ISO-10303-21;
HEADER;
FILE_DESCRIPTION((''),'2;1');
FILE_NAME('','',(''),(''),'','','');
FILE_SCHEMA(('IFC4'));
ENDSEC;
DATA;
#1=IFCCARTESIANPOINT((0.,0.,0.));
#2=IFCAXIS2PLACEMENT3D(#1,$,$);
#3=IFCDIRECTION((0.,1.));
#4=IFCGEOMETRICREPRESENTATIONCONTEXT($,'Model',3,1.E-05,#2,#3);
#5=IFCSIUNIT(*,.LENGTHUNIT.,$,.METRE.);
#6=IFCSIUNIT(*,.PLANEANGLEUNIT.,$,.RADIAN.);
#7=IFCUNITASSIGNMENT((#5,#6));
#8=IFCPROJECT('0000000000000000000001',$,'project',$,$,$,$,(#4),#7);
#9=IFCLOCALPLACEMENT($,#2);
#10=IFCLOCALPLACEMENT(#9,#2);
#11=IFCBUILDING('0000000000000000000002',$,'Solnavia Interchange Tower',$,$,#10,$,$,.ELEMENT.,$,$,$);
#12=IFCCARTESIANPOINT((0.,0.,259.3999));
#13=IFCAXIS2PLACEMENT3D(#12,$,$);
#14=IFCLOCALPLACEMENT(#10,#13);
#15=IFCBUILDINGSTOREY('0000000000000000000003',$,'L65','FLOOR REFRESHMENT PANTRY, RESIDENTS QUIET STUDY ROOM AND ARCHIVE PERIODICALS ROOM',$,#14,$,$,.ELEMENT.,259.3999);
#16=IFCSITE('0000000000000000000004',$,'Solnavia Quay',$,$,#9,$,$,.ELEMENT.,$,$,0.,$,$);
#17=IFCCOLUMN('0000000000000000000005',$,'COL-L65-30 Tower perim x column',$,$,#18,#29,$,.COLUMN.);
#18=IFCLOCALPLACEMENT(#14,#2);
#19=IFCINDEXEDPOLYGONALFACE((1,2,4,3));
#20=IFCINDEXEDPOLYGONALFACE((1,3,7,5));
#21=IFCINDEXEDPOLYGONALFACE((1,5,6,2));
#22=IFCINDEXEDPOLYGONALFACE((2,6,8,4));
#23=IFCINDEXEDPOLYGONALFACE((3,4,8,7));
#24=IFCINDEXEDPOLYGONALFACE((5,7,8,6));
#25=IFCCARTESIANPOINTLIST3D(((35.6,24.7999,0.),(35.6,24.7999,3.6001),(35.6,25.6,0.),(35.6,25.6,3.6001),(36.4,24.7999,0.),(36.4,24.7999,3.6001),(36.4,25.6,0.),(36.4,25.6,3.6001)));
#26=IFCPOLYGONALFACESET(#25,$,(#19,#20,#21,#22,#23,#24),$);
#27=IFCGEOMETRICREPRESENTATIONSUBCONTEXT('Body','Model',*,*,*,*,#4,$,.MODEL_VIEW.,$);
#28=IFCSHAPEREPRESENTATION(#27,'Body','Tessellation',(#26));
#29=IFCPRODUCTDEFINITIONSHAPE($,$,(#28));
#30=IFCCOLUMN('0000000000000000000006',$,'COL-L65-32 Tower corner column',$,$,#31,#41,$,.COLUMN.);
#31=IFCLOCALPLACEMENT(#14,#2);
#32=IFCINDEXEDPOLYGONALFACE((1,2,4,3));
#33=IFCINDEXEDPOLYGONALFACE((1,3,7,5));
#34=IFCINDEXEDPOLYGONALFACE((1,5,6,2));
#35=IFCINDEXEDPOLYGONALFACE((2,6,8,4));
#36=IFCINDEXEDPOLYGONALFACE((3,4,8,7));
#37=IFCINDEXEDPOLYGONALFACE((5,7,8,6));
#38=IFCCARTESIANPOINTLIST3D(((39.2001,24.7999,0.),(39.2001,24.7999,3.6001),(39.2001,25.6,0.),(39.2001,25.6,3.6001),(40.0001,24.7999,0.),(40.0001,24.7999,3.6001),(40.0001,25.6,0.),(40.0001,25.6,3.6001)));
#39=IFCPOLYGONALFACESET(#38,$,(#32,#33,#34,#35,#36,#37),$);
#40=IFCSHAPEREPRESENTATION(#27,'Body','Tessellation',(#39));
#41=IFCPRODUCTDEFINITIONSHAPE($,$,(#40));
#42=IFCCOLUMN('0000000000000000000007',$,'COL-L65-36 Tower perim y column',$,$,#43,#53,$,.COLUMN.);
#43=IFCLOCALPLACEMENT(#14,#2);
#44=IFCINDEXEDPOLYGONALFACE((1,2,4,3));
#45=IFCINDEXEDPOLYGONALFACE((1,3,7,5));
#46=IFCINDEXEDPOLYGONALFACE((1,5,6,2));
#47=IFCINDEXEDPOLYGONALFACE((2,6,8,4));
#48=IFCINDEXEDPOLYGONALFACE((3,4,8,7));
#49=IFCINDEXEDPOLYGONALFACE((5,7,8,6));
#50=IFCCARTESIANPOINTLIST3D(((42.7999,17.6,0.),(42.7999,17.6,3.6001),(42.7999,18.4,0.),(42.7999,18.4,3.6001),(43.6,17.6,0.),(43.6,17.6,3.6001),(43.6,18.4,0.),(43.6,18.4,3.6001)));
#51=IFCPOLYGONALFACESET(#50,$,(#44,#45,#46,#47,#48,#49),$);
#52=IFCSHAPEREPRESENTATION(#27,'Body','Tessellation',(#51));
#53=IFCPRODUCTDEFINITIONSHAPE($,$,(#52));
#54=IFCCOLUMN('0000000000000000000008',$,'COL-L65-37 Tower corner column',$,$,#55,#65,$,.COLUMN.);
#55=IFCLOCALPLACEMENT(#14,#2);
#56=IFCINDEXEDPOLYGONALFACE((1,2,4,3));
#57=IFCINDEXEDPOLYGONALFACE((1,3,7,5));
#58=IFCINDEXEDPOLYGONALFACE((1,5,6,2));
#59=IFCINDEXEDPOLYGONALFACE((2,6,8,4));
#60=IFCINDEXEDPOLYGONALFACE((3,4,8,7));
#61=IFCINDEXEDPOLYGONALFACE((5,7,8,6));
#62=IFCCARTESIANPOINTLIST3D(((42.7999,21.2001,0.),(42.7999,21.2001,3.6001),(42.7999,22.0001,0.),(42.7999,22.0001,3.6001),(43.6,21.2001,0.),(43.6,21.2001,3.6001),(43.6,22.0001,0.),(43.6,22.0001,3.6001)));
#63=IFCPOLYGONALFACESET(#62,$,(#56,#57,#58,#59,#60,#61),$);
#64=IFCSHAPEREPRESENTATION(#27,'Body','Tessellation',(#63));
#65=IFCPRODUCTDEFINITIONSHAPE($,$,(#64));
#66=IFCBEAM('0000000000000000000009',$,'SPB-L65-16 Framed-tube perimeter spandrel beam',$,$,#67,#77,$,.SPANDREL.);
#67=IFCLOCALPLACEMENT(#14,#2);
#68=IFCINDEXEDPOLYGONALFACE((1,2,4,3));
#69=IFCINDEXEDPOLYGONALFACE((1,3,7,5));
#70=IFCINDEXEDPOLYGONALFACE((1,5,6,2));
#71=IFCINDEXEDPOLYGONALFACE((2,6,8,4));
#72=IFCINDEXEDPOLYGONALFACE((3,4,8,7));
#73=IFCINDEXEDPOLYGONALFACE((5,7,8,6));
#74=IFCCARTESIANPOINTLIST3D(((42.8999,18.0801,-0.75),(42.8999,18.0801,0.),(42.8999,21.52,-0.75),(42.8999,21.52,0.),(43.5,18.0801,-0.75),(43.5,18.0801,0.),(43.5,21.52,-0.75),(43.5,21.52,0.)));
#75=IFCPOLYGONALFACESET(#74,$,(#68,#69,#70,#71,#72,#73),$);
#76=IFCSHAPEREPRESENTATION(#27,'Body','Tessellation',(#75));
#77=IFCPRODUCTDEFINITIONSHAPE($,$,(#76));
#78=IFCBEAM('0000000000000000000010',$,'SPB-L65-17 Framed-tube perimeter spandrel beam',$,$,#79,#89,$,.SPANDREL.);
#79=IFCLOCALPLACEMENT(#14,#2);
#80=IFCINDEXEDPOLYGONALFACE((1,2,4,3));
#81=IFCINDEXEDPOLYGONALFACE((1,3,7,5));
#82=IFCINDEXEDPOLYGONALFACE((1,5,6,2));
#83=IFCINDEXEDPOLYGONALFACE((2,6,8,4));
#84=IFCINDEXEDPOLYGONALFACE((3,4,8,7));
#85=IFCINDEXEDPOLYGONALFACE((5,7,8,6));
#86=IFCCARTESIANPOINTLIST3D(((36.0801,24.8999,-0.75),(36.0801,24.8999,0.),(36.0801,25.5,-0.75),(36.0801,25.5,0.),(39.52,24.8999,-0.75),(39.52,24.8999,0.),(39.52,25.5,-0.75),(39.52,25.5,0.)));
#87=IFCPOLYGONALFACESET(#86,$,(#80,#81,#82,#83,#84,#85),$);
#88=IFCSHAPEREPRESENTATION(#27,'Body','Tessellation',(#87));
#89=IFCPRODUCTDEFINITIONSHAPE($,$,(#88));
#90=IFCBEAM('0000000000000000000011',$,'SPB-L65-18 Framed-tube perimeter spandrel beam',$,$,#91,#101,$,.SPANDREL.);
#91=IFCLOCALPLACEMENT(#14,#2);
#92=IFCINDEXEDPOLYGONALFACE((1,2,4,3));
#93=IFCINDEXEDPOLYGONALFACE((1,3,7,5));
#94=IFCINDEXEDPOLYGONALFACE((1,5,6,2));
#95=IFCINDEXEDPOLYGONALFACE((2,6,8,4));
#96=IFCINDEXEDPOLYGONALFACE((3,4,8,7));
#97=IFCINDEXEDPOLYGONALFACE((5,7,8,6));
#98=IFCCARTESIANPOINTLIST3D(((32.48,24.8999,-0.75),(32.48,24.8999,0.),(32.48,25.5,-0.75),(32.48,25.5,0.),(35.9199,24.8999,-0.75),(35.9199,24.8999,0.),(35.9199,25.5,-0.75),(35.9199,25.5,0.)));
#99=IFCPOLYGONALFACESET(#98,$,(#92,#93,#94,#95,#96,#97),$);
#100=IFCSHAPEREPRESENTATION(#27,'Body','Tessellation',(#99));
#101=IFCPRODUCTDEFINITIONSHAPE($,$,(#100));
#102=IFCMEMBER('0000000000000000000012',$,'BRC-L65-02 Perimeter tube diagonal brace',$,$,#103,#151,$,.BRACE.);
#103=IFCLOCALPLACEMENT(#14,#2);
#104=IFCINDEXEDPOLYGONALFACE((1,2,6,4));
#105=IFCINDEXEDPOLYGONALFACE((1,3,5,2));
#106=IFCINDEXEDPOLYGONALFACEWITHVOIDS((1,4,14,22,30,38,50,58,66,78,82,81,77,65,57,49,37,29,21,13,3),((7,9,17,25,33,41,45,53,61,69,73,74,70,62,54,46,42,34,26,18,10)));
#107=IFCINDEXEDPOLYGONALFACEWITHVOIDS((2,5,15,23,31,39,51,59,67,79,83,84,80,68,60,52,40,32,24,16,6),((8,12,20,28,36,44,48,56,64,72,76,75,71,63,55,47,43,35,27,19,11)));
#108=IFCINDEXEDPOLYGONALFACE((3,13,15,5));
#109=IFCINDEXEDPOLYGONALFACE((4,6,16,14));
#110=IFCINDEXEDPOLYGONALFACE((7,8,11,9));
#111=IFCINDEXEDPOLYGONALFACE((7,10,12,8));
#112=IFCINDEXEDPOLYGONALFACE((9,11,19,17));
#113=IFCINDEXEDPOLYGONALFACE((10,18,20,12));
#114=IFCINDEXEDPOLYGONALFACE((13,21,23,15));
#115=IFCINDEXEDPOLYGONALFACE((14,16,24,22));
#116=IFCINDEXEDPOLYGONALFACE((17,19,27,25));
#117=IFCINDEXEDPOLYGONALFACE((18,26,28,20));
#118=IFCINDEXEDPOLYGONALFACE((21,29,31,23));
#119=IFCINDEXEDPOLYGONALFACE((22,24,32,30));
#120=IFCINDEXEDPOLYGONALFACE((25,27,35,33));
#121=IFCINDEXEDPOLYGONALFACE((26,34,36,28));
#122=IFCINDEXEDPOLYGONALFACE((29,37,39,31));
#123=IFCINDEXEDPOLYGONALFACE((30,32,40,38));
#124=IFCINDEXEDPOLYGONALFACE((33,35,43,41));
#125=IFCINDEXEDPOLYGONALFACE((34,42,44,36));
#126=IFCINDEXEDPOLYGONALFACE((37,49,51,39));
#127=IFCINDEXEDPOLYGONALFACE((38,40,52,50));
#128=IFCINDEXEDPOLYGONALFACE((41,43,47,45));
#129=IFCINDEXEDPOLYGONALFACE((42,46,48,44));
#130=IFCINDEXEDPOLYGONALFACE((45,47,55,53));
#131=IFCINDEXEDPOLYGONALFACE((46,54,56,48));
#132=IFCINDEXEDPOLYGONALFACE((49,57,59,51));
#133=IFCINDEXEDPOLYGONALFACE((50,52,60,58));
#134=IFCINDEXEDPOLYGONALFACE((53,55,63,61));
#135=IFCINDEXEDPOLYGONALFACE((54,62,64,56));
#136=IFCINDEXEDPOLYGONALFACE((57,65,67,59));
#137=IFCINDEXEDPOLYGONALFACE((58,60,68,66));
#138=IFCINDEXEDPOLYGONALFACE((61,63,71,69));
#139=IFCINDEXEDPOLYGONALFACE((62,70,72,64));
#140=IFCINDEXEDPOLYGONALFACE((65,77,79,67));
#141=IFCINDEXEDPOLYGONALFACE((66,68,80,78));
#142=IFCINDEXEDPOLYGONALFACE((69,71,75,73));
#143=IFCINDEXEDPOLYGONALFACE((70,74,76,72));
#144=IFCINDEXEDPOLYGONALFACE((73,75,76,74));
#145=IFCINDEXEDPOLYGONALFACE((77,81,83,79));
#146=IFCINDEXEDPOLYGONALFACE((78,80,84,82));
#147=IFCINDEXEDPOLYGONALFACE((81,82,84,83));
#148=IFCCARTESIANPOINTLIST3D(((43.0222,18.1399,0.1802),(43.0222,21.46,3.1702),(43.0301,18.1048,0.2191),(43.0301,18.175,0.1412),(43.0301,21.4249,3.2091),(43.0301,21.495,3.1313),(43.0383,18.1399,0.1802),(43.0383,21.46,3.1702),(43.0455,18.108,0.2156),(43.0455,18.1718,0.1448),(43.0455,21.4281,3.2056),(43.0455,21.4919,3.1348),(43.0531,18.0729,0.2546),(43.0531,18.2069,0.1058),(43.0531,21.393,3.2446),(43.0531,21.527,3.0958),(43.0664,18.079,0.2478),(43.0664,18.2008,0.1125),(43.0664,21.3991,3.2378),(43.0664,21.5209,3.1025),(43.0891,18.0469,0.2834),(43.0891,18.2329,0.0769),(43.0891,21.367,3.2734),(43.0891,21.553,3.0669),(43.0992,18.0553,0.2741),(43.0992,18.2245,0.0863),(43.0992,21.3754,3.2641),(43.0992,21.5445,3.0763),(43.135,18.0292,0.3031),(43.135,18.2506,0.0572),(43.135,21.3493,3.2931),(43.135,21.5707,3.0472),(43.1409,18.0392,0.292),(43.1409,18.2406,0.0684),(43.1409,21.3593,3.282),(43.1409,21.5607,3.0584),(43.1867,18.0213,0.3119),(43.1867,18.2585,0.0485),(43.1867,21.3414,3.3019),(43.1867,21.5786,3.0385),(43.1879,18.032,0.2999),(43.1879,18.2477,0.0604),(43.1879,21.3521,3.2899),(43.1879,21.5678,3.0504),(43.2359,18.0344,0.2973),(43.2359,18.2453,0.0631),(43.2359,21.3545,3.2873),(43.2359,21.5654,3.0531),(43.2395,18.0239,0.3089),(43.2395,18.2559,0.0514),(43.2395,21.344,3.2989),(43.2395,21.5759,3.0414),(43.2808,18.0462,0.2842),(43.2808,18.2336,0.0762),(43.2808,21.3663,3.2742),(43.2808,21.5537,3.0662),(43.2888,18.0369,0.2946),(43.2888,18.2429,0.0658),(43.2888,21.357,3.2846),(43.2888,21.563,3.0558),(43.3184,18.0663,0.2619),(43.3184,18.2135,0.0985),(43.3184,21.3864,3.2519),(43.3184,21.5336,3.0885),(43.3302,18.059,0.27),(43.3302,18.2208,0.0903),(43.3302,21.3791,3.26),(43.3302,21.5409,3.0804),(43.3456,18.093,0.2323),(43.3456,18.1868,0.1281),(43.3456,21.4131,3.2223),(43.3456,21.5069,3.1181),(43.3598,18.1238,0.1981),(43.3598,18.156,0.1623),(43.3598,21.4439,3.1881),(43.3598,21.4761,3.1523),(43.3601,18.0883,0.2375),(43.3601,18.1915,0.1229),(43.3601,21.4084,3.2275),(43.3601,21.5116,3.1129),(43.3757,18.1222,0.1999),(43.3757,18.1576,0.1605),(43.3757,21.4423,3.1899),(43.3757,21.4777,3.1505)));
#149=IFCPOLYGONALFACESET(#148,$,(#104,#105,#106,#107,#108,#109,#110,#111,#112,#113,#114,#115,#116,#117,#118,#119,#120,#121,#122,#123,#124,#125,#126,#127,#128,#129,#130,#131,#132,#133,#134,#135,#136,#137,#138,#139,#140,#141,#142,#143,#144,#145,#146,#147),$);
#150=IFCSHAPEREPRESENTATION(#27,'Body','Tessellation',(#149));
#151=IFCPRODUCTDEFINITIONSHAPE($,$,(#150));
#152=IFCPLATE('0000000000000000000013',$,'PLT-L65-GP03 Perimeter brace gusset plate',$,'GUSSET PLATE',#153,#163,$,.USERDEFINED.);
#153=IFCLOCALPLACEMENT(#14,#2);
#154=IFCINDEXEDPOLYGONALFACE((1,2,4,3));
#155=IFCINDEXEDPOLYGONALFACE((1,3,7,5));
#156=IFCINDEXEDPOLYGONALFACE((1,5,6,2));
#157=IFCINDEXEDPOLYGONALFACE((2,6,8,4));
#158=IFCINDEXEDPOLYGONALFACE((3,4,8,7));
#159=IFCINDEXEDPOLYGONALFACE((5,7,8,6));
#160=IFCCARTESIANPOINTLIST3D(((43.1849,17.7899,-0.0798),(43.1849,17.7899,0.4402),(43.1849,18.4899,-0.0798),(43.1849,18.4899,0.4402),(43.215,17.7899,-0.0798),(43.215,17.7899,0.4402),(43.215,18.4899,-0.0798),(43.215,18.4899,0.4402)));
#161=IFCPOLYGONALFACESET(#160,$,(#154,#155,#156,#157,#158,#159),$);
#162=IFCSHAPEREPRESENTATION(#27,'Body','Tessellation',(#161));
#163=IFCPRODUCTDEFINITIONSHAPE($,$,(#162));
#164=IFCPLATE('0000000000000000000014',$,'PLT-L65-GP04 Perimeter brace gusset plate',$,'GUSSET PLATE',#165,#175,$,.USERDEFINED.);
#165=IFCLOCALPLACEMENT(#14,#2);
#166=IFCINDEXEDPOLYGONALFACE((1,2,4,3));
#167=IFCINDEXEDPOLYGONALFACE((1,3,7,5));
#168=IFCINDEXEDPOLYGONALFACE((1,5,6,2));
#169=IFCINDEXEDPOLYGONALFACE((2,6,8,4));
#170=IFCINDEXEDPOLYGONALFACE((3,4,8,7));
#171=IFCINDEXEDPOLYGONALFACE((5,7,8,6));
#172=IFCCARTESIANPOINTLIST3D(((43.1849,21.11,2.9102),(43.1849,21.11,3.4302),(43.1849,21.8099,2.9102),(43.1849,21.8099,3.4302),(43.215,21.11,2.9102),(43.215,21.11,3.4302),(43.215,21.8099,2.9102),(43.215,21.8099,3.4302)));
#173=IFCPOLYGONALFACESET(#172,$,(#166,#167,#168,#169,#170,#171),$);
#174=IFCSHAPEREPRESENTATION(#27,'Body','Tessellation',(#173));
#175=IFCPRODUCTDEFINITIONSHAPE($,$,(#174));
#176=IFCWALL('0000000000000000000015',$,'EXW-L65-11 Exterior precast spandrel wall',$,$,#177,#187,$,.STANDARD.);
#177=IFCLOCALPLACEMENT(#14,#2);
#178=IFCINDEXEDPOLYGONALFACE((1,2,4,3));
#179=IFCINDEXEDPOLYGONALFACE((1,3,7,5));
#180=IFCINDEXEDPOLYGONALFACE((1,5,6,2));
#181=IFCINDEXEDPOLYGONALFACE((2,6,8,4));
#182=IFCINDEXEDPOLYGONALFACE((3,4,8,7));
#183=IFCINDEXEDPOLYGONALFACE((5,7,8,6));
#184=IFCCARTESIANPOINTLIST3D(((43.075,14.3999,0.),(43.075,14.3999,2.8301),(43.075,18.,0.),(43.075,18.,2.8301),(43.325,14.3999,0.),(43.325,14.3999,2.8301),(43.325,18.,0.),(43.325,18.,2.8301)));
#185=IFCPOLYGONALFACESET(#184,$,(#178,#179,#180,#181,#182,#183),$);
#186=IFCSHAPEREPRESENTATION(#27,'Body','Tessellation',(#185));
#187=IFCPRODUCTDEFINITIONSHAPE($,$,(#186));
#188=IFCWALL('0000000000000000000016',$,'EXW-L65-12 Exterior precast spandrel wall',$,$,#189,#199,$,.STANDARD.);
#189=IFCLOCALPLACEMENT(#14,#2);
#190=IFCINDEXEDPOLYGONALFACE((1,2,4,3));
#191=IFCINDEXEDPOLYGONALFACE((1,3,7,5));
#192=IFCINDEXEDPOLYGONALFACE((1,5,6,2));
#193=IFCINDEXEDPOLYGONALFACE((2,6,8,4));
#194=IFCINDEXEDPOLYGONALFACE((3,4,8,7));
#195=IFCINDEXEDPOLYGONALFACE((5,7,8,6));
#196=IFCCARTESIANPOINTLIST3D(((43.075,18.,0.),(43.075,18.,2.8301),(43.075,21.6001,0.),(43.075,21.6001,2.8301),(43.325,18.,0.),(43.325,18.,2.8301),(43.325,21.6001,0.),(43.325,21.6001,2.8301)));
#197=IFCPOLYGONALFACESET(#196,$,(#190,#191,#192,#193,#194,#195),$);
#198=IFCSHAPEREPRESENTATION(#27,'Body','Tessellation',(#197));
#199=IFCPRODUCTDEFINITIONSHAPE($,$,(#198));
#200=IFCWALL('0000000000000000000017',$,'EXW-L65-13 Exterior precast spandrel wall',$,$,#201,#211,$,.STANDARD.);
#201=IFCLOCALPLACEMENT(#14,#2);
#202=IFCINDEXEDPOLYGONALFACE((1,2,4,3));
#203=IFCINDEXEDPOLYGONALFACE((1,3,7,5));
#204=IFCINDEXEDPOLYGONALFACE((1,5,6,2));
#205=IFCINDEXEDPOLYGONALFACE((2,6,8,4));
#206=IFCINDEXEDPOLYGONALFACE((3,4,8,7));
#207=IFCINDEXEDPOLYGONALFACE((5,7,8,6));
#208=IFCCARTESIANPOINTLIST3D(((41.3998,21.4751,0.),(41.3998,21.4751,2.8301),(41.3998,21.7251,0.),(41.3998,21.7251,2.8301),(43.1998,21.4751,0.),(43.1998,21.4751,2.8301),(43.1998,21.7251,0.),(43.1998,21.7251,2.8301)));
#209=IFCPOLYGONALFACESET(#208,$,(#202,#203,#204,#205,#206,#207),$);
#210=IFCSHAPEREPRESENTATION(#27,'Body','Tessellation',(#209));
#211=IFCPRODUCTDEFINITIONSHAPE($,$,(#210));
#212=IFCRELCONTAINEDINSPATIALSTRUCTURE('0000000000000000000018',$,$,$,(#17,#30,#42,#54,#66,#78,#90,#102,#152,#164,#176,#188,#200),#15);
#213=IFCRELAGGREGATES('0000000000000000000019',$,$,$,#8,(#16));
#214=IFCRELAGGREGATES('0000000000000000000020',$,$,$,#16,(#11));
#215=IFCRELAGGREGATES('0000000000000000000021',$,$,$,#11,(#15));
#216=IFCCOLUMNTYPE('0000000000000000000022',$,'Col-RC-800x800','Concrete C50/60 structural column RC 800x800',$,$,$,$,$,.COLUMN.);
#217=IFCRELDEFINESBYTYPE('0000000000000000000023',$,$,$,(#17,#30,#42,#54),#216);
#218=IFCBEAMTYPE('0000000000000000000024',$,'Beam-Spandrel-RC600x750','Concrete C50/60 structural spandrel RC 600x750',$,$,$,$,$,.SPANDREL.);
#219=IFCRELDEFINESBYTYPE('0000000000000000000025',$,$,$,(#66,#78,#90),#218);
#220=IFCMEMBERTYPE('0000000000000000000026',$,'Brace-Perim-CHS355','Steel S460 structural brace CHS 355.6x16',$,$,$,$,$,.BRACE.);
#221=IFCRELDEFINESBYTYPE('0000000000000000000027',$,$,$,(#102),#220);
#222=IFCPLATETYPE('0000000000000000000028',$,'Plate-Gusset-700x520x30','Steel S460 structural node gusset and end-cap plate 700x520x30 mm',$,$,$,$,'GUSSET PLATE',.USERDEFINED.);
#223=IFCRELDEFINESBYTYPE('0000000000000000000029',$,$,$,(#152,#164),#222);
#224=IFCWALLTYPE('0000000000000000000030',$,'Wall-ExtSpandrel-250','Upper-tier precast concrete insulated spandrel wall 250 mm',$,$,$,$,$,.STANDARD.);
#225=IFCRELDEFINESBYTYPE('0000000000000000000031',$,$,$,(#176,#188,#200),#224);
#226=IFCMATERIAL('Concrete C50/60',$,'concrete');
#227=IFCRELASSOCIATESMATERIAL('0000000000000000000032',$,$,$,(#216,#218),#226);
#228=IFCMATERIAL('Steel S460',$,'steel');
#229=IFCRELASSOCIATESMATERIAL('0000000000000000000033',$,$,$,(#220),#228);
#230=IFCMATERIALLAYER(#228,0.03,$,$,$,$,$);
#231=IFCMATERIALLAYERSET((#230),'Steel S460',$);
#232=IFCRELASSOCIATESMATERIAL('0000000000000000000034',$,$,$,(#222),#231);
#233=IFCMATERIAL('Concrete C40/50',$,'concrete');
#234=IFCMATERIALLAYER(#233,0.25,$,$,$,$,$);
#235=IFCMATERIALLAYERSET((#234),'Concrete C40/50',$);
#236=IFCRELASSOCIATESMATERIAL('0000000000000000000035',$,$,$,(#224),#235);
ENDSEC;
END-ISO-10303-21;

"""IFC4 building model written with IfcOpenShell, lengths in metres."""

from ifc_helpers import new_model, si_unit, direction, frame, frame_2d, origin, origin_2d, place, context, subcontext, project, spatial, rectangle, hollow_circle, extrude, material, layer, layer_set, material_profile, profile_set, type_object, element, save


model = new_model("IFC4")

# Units and contexts
model_context = context("Model", 3, precision=1e-05, world=origin(), true_north=direction((0.0, 1.0)))
body_context = subcontext(model_context, "Body", "Model", "MODEL_VIEW")
ifc_project = project(units=[si_unit("LENGTHUNIT", "METRE"), si_unit("PLANEANGLEUNIT", "RADIAN")], contexts=[model_context])

# Site, building, storey
site_placement = place(None, origin())
site = spatial("IfcSite", under=ifc_project, at=site_placement, Name="Solnavia Quay", CompositionType="ELEMENT", RefElevation=0.0)
building_placement = place(site_placement, origin())
building = spatial("IfcBuilding", under=site, at=building_placement, Name="Solnavia Interchange Tower", CompositionType="ELEMENT")
storey_placement = place(building_placement, frame((0.0, 0.0, 259.3999)))
storey = spatial("IfcBuildingStorey", under=building, at=storey_placement, Name="L65", Description="FLOOR REFRESHMENT PANTRY, RESIDENTS QUIET STUDY ROOM AND ARCHIVE PERIODICALS ROOM", CompositionType="ELEMENT", Elevation=259.3999)

# Columns
ifc_material_1 = material(Name="Concrete C50/60", Category="concrete")
ifc_material_profile_1 = material_profile(ifc_material_1, rectangle(XDim=0.8, YDim=0.8, at=origin_2d()), Name="RC 800x800")
ifc_profile_set_1 = profile_set([ifc_material_profile_1], Name="Concrete C50/60")
column_type = type_object("IfcColumnType", Name="Col-RC-800x800", Description="Concrete C50/60 structural column RC 800x800", PredefinedType="COLUMN", material=ifc_profile_set_1)
for number, where, z_axis, x_axis, name in (
    (1, (36.0, 25.2, 0.0), (0.0, 0.0, 1.0), (1.0, 0.0, 0.0), "COL-L65-30 Tower perim x column"),
    (2, (39.6001, 25.2, 0.0), (0.0, 0.0, 1.0), (1.0, 0.0, 0.0), "COL-L65-32 Tower corner column"),
    (3, (43.2, 18.0, 0.0), (0.0, 0.0, 1.0), (0.0, 1.0, 0.0), "COL-L65-36 Tower perim y column"),
    (4, (43.2, 21.6001, 0.0), (0.0, 0.0, 1.0), (0.0, 1.0, 0.0), "COL-L65-37 Tower corner column"),
):
    element("IfcColumn", number, at=place(storey_placement, frame(where, z_axis=z_axis, x_axis=x_axis)), inside=storey, type_object=column_type, Name=name, PredefinedType="COLUMN", context=body_context, shape_type="SweptSolid", body=[
        extrude(rectangle(XDim=0.8, YDim=0.8, at=origin_2d()), origin(), (0.0, 0.0, 1.0), 3.6001),
    ])

# Beams
ifc_material_profile_2 = material_profile(ifc_material_1, rectangle(XDim=0.6001, YDim=0.75, at=origin_2d()), Name="RC 600x750")
ifc_profile_set_2 = profile_set([ifc_material_profile_2], Name="Concrete C50/60")
beam_type = type_object("IfcBeamType", Name="Beam-Spandrel-RC600x750", Description="Concrete C50/60 structural spandrel RC 600x750", PredefinedType="SPANDREL", material=ifc_profile_set_2)
for number, where, z_axis, x_axis, name in (
    (5, (43.2, 18.0801, -0.375), (0.0, 1.0, 0.0), (-1.0, 0.0, 0.0), "SPB-L65-16 Framed-tube perimeter spandrel beam"),
    (6, (39.52, 25.2, -0.375), (-1.0, 0.0, 0.0), (0.0, -1.0, 0.0), "SPB-L65-17 Framed-tube perimeter spandrel beam"),
    (7, (35.9199, 25.2, -0.375), (-1.0, 0.0, 0.0), (0.0, -1.0, 0.0), "SPB-L65-18 Framed-tube perimeter spandrel beam"),
):
    element("IfcBeam", number, at=place(storey_placement, frame(where, z_axis=z_axis, x_axis=x_axis)), inside=storey, type_object=beam_type, Name=name, PredefinedType="SPANDREL", context=body_context, shape_type="SweptSolid", body=[
        extrude(rectangle(XDim=0.6001, YDim=0.75, at=origin_2d()), origin(), (0.0, 0.0, 1.0), 3.4399),
    ])

# Member
ifc_material_2 = material(Name="Steel S460", Category="steel")
ifc_material_profile_3 = material_profile(ifc_material_2, hollow_circle(Radius=0.1777, WallThickness=0.0161, at=origin_2d()), Name="CHS 355.6x16")
ifc_profile_set_3 = profile_set([ifc_material_profile_3], Name="Steel S460")
member_type = type_object("IfcMemberType", Name="Brace-Perim-CHS355", Description="Steel S460 structural brace CHS 355.6x16", PredefinedType="BRACE", material=ifc_profile_set_3)
member_placement = place(storey_placement, frame((43.2, 18.1399, 0.1802), z_axis=(0.0, 0.743079, 0.669203), x_axis=(-1.0, 0.0, 0.0)))
element("IfcMember", 8, at=member_placement, inside=storey, type_object=member_type, Name="BRC-L65-02 Perimeter tube diagonal brace", PredefinedType="BRACE", context=body_context, shape_type="SweptSolid", body=[
    extrude(hollow_circle(Radius=0.1777, WallThickness=0.0161, at=origin_2d()), origin(), (0.0, 0.0, 1.0), 4.468),
])

# Plates
ifc_layer_1 = layer(ifc_material_2, 0.03)
ifc_layer_set_1 = layer_set([ifc_layer_1], Name="Steel S460")
plate_type = type_object("IfcPlateType", Name="Plate-Gusset-700x520x30", Description="Steel S460 structural node gusset and end-cap plate 700x520x30 mm", ElementType="GUSSET PLATE", PredefinedType="USERDEFINED", material=ifc_layer_set_1)
for number, where, z_axis, x_axis, name in (
    (9, (43.2, 18.1399, -0.0798), (0.0, 0.0, 1.0), (0.0, 1.0, 0.0), "PLT-L65-GP03 Perimeter brace gusset plate"),
    (10, (43.2, 21.46, 2.9102), (0.0, 0.0, 1.0), (0.0, 1.0, 0.0), "PLT-L65-GP04 Perimeter brace gusset plate"),
):
    element("IfcPlate", number, at=place(storey_placement, frame(where, z_axis=z_axis, x_axis=x_axis)), inside=storey, type_object=plate_type, Name=name, ObjectType="GUSSET PLATE", PredefinedType="USERDEFINED", context=body_context, shape_type="SweptSolid", body=[
        extrude(rectangle(XDim=0.7, YDim=0.03, at=origin_2d()), origin(), (0.0, 0.0, 1.0), 0.52),
    ])

# Walls
ifc_material_3 = material(Name="Concrete C40/50", Category="concrete")
ifc_layer_2 = layer(ifc_material_3, 0.25)
ifc_layer_set_2 = layer_set([ifc_layer_2], Name="Concrete C40/50")
wall_type_1 = type_object("IfcWallType", Name="Wall-ExtSpandrel-250", Description="Upper-tier precast concrete insulated spandrel wall 250 mm", PredefinedType="STANDARD", material=ifc_layer_set_2)
for number, where, z_axis, x_axis, name in (
    (11, (43.2, 18.0, 0.0), (0.0, 0.0, 1.0), (0.0, -1.0, 0.0), "EXW-L65-11 Exterior precast spandrel wall"),
    (12, (43.2, 21.6001, 0.0), (0.0, 0.0, 1.0), (0.0, -1.0, 0.0), "EXW-L65-12 Exterior precast spandrel wall"),
):
    element("IfcWall", number, at=place(storey_placement, frame(where, z_axis=z_axis, x_axis=x_axis)), inside=storey, type_object=wall_type_1, Name=name, PredefinedType="STANDARD", context=body_context, shape_type="SweptSolid", body=[
        extrude(rectangle(XDim=3.6001, YDim=0.25, at=frame_2d((1.8, 0.0))), origin(), (0.0, 0.0, 1.0), 2.8301),
    ])
wall_1_placement = place(storey_placement, frame((41.3999, 21.6001, 0.0), z_axis=(0.0, 0.0, 1.0), x_axis=(1.0, 0.0, 0.0)))
element("IfcWall", 13, at=wall_1_placement, inside=storey, type_object=wall_type_1, Name="EXW-L65-13 Exterior precast spandrel wall", PredefinedType="STANDARD", context=body_context, shape_type="SweptSolid", body=[
    extrude(rectangle(XDim=1.8, YDim=0.25, at=frame_2d((0.8999, 0.0))), origin(), (0.0, 0.0, 1.0), 2.8301),
])

save(model, "model.ifc")
